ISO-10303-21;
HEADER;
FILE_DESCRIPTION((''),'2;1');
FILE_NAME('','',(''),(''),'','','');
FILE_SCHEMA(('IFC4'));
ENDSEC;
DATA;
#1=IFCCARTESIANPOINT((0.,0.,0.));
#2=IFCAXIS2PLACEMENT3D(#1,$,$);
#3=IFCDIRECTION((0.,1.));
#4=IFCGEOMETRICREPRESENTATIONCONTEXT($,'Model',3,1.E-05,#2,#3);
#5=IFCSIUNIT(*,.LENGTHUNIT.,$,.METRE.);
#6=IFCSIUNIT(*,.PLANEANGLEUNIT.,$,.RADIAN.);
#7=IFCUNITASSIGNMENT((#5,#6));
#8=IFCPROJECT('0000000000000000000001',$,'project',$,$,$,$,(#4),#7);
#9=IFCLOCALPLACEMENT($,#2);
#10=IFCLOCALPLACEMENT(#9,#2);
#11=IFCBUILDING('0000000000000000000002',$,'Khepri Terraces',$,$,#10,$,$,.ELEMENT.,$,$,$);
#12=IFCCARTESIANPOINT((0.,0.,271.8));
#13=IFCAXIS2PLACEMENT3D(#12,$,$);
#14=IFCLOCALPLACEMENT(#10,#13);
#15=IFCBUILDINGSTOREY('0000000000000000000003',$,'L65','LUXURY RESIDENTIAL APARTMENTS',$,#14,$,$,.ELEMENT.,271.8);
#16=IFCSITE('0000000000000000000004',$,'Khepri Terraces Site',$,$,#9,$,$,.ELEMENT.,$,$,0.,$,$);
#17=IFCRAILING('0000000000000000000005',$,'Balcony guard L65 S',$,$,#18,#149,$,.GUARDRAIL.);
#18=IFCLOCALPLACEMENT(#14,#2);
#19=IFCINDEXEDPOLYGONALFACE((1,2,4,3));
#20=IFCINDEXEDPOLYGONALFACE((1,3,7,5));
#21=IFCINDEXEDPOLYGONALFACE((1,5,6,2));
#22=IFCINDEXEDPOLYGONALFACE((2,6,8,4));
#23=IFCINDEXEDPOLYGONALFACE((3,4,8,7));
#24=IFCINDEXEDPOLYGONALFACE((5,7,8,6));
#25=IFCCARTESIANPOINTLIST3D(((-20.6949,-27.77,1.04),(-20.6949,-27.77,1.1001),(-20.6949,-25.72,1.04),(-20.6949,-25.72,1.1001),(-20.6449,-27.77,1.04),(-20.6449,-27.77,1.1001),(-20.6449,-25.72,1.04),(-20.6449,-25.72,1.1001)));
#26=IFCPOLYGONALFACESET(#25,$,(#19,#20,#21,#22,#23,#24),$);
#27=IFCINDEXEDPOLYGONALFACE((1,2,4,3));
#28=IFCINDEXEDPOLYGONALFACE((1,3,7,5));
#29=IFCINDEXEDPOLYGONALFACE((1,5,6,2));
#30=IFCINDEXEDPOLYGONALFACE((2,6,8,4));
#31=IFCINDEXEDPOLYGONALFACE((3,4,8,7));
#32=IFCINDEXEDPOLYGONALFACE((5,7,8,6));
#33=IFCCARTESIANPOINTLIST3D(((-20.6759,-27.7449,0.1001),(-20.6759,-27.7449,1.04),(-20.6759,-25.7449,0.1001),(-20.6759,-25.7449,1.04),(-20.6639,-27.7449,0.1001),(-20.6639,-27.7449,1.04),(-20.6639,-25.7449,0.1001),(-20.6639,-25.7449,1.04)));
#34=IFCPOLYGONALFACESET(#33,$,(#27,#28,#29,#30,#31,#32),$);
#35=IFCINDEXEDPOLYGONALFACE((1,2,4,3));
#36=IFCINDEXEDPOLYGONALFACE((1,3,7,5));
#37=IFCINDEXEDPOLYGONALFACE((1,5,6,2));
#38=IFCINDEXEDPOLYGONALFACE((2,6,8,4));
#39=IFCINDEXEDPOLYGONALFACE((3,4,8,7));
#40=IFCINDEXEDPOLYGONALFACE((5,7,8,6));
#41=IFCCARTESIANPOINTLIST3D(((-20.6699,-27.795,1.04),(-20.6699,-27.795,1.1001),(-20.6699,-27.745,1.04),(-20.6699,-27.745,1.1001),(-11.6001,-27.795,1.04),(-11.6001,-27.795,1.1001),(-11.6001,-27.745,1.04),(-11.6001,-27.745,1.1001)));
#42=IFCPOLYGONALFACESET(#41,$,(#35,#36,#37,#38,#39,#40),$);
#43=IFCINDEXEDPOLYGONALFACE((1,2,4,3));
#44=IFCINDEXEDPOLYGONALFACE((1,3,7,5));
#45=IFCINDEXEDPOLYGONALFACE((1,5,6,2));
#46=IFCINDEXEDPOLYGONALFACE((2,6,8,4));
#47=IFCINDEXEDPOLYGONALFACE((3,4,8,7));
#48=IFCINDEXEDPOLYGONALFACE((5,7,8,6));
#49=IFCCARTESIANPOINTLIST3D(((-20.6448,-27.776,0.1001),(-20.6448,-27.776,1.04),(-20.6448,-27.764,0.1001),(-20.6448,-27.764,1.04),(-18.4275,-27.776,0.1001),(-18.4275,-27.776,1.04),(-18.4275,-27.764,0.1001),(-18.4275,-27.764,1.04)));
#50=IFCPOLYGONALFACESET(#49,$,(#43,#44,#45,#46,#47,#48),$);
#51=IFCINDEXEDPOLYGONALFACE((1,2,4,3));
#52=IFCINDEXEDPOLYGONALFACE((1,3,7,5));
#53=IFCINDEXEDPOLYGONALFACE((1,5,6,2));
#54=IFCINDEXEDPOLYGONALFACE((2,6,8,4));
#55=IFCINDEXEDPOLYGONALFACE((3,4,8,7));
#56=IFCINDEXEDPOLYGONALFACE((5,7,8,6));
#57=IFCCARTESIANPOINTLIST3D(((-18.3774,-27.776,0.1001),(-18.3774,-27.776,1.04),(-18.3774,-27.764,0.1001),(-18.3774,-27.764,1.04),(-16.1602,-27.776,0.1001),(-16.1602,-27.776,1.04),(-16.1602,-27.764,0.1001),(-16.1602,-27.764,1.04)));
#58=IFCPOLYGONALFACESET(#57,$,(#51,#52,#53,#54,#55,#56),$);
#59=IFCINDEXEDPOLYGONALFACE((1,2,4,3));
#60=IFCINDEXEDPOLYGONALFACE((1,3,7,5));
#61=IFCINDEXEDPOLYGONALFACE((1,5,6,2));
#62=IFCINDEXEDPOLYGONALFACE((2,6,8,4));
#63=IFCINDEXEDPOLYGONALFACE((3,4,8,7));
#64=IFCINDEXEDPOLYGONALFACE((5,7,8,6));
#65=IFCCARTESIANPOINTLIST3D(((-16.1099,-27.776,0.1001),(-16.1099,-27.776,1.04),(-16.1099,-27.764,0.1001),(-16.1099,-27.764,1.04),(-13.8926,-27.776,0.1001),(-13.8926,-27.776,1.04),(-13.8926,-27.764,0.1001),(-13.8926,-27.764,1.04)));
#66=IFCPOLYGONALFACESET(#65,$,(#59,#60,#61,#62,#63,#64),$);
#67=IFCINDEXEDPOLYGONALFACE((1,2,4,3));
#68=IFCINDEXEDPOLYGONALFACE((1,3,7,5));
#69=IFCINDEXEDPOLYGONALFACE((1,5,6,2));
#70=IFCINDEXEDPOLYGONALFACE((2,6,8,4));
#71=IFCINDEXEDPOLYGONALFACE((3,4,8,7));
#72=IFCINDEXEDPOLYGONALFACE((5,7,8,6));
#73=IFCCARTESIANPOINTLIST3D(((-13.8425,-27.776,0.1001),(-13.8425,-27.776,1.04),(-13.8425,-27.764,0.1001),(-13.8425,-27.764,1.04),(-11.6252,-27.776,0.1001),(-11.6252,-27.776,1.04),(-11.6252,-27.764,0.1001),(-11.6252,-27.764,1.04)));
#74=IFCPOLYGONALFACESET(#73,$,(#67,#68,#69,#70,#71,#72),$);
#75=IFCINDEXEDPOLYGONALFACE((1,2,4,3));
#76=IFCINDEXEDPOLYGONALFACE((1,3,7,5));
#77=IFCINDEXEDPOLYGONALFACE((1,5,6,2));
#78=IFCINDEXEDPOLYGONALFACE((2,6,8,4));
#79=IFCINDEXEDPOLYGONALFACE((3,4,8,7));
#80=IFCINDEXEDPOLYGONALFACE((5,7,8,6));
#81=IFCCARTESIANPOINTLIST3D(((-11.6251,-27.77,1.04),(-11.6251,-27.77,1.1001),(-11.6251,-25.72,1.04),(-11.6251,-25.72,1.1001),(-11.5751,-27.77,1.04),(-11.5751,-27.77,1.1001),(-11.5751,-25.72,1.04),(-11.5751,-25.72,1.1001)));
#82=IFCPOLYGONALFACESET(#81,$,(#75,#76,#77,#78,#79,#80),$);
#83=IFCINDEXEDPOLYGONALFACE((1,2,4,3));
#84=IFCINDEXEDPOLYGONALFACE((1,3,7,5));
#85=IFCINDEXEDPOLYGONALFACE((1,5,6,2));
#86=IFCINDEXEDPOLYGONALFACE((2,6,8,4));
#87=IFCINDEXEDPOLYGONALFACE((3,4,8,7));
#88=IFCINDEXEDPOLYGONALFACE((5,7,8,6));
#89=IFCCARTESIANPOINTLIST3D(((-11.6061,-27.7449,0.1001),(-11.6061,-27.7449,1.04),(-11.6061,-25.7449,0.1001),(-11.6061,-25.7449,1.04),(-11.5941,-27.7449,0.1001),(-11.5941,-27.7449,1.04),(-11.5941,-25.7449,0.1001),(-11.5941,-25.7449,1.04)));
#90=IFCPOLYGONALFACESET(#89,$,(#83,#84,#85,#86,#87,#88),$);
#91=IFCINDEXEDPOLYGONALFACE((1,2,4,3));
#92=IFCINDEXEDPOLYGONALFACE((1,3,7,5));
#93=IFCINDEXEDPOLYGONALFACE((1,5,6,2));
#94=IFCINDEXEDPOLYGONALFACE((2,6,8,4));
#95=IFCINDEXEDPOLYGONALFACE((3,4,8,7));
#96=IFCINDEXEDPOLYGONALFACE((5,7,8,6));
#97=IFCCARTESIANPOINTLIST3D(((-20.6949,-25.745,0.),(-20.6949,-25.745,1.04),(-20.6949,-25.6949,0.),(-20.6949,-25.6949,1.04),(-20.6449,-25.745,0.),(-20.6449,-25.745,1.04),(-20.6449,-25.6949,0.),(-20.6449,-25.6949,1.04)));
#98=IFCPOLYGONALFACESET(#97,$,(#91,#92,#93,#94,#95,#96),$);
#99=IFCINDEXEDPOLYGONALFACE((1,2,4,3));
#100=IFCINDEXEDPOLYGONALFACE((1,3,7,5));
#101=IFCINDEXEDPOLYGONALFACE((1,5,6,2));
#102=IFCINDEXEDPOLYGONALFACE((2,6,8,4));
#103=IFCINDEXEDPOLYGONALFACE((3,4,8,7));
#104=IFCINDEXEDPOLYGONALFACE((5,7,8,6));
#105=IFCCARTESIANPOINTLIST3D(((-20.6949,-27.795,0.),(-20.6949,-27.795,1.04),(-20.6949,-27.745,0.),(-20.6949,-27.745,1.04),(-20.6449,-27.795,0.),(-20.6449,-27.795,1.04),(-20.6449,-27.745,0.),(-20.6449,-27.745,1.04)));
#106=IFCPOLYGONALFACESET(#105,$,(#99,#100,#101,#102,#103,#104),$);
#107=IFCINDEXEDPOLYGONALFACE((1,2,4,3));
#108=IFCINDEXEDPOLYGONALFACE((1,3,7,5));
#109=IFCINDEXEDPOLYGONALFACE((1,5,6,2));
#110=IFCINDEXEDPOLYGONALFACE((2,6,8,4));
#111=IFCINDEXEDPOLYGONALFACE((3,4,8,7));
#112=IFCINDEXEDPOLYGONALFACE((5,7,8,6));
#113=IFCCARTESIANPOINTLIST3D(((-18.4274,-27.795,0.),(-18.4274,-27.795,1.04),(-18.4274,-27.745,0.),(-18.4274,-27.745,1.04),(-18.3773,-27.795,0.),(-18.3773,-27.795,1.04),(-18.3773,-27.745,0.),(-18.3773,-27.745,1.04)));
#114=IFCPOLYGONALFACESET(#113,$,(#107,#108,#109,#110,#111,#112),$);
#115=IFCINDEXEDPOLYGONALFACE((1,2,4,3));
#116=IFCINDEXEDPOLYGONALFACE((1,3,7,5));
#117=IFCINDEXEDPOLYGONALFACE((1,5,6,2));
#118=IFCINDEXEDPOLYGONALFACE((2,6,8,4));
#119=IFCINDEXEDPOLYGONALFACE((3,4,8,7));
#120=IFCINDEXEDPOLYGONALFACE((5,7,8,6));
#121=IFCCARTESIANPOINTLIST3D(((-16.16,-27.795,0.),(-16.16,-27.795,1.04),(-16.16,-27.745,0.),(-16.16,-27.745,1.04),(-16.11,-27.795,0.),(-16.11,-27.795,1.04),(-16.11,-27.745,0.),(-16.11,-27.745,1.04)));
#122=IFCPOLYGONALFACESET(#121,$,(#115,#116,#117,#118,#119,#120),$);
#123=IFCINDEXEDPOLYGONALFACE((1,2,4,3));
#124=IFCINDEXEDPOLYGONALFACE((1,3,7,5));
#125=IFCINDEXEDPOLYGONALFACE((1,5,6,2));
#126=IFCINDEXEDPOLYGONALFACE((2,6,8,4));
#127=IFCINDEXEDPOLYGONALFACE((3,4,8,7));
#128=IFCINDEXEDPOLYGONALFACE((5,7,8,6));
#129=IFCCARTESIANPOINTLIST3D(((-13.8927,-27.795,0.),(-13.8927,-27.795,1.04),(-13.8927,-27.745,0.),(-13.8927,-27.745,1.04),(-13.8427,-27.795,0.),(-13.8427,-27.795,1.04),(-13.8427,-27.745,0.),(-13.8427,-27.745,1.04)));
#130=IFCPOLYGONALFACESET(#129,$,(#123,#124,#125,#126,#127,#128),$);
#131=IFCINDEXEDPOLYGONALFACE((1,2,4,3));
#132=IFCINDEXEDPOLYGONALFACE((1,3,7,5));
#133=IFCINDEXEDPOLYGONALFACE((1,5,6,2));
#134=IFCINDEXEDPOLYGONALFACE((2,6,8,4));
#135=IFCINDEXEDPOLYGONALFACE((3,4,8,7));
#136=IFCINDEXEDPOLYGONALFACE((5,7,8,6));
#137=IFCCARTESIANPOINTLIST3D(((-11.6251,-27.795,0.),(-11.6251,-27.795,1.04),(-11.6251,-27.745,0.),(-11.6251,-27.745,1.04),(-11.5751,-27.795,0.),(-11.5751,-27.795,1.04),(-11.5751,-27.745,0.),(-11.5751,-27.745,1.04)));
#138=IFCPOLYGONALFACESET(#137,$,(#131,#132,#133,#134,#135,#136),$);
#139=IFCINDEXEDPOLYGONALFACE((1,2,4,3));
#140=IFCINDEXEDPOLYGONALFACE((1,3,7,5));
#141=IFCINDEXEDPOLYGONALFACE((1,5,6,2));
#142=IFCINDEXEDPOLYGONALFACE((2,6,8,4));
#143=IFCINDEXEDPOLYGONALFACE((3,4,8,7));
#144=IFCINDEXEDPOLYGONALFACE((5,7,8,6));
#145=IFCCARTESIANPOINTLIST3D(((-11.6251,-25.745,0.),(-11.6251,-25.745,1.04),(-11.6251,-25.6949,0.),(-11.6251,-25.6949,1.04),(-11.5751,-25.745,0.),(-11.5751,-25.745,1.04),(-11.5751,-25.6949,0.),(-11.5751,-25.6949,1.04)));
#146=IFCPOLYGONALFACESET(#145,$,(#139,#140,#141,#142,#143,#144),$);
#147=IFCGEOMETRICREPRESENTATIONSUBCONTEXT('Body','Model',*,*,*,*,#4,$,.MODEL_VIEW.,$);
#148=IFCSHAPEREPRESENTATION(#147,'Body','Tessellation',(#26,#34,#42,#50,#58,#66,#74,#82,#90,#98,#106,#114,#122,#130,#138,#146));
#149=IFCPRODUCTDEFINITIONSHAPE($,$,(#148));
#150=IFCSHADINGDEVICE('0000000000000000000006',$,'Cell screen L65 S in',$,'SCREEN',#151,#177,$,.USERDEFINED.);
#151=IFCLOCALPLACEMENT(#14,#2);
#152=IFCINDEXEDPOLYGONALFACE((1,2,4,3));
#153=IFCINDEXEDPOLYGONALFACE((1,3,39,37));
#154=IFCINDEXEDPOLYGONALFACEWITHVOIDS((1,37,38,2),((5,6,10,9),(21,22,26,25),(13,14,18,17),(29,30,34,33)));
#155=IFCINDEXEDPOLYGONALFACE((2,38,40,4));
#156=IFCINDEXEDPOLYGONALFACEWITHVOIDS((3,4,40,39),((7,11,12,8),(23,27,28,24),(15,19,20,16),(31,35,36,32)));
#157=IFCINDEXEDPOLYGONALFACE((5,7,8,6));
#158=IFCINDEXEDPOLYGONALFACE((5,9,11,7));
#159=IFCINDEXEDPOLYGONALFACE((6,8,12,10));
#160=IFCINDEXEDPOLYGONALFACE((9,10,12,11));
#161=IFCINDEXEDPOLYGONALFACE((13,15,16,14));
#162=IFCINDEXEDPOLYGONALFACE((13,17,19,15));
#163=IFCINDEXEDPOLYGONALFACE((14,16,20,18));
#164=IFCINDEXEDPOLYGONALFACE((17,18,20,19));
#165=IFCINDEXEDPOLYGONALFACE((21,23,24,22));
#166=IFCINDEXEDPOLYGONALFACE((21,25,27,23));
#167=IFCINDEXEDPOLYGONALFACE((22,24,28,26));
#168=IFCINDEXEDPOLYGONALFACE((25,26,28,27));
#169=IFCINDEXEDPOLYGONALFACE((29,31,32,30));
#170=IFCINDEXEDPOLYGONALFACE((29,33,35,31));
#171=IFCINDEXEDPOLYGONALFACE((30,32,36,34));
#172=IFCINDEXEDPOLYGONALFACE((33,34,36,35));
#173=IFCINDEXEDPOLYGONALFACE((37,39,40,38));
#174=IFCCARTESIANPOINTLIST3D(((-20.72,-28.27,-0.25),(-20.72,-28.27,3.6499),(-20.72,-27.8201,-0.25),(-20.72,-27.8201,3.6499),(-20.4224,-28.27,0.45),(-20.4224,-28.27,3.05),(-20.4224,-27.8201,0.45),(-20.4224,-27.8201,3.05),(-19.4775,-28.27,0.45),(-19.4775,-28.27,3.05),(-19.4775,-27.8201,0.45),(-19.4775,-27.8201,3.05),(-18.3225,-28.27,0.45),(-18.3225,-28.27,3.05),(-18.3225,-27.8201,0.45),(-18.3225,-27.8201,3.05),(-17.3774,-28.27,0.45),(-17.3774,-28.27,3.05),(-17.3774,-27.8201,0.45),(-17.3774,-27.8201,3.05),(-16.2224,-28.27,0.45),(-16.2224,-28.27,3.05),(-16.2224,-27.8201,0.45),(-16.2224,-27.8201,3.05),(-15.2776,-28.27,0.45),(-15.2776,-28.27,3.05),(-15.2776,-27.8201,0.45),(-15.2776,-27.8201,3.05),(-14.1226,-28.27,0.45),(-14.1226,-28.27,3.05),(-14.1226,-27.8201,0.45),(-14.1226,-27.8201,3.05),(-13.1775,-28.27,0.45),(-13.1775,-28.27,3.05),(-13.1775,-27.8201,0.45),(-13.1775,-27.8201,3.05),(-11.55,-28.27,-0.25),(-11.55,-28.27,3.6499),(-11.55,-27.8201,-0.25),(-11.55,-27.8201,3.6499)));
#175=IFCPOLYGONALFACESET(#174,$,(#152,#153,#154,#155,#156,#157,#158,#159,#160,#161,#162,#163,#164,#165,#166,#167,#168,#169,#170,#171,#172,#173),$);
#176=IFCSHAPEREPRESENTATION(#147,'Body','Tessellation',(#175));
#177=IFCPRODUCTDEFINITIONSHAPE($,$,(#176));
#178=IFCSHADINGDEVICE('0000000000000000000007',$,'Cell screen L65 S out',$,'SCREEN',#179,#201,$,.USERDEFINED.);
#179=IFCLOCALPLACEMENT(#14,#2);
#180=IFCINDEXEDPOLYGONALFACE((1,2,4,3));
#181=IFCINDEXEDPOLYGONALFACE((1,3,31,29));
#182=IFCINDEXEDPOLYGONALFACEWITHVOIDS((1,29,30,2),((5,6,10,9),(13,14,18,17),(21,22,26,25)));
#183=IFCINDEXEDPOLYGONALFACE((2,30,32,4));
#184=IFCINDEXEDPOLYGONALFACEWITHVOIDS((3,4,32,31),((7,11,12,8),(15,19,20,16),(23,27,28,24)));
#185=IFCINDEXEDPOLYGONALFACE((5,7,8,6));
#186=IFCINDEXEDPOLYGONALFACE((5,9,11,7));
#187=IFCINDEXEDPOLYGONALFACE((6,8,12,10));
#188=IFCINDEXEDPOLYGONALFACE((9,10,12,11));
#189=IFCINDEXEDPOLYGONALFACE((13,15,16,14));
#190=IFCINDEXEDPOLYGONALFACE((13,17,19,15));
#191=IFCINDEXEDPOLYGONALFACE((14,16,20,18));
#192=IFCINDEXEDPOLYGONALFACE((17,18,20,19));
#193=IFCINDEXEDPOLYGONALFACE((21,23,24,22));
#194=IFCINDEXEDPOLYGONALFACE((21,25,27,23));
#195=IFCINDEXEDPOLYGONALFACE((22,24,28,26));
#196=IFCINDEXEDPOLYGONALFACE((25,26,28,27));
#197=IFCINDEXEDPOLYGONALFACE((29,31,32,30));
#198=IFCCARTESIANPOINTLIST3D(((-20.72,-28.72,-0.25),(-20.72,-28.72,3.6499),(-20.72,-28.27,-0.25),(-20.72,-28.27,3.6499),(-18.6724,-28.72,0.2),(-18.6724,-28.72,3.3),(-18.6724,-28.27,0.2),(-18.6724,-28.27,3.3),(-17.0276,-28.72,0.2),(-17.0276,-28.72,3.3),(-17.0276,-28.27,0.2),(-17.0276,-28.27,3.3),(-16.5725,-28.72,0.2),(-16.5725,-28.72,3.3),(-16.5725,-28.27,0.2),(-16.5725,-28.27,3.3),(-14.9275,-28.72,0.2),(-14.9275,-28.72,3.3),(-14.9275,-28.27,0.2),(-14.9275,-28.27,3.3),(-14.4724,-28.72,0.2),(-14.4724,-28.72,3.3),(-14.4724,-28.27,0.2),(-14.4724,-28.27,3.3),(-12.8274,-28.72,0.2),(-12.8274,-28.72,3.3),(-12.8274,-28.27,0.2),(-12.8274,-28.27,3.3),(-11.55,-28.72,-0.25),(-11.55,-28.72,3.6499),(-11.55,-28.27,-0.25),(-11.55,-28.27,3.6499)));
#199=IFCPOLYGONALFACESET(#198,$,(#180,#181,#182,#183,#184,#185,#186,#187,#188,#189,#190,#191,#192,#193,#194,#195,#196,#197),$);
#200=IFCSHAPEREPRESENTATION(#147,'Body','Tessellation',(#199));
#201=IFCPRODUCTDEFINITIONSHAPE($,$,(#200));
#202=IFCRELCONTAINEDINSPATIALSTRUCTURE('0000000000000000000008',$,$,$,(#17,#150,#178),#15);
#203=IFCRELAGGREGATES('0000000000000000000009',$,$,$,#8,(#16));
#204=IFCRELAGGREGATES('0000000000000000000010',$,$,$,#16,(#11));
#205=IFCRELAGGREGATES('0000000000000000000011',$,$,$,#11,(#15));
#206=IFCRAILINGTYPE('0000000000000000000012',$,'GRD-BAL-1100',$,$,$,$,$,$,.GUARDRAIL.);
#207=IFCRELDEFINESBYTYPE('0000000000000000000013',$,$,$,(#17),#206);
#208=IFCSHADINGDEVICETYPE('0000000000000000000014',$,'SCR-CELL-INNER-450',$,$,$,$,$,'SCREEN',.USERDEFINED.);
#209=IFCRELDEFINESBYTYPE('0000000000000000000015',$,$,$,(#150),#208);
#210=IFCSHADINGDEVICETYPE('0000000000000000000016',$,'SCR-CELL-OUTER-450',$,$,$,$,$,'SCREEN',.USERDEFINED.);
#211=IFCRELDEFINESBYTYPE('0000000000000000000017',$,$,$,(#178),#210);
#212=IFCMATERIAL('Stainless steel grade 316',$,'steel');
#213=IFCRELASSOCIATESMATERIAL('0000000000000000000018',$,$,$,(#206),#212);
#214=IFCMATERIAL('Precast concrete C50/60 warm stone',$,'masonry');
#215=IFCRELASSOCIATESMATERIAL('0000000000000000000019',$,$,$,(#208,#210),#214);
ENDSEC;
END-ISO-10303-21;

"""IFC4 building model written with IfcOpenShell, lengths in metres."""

from ifc_helpers import new_model, si_unit, direction, frame, origin, origin_2d, place, context, subcontext, project, spatial, polyline, rectangle, outline, extrude, material, type_object, element, save


model = new_model("IFC4")

# Units and contexts
model_context = context("Model", 3, precision=1e-05, world=origin(), true_north=direction((0.0, 1.0)))
body_context = subcontext(model_context, "Body", "Model", "MODEL_VIEW")
ifc_project = project(units=[si_unit("LENGTHUNIT", "METRE"), si_unit("PLANEANGLEUNIT", "RADIAN")], contexts=[model_context])

# Site, building, storey
site_placement = place(None, origin())
site = spatial("IfcSite", under=ifc_project, at=site_placement, Name="Khepri Terraces Site", CompositionType="ELEMENT", RefElevation=0.0)
building_placement = place(site_placement, origin())
building = spatial("IfcBuilding", under=site, at=building_placement, Name="Khepri Terraces", CompositionType="ELEMENT")
storey_placement = place(building_placement, frame((0.0, 0.0, 271.8)))
storey = spatial("IfcBuildingStorey", under=building, at=storey_placement, Name="L65", Description="LUXURY RESIDENTIAL APARTMENTS", CompositionType="ELEMENT", Elevation=271.8)

# Shared definitions
ifc_material_1 = material(Name="Precast concrete C50/60 warm stone", Category="masonry")

# Railing
ifc_material_2 = material(Name="Stainless steel grade 316", Category="steel")
railing_type = type_object("IfcRailingType", Name="GRD-BAL-1100", PredefinedType="GUARDRAIL", material=ifc_material_2)
railing_placement = place(storey_placement, frame((-20.6699, -25.72, 0.0)))
element("IfcRailing", 1, at=railing_placement, inside=storey, type_object=railing_type, Name="Balcony guard L65 S", PredefinedType="GUARDRAIL", context=body_context, shape_type="SweptSolid", body=[
    extrude(rectangle(XDim=0.05, YDim=0.0601, at=origin_2d()), frame((0.0, 0.0, 1.0701), z_axis=(0.0, -1.0, 0.0), x_axis=(1.0, 0.0, 0.0)), (0.0, 0.0, 1.0), 2.05),
    extrude(rectangle(XDim=2.0, YDim=0.012, at=origin_2d()), frame((0.0, -1.0249, 0.1001), z_axis=(0.0, 0.0, 1.0), x_axis=(0.0, -1.0, 0.0)), (0.0, 0.0, 1.0), 0.9399),
    extrude(rectangle(XDim=0.05, YDim=0.0601, at=origin_2d()), frame((0.0, -2.05, 1.0701), z_axis=(1.0, 0.0, 0.0), x_axis=(0.0, 1.0, 0.0)), (0.0, 0.0, 1.0), 9.0698),
    extrude(rectangle(XDim=2.2173, YDim=0.012, at=origin_2d()), frame((1.1338, -2.05, 0.1001), z_axis=(0.0, 0.0, 1.0), x_axis=(1.0, 0.0, 0.0)), (0.0, 0.0, 1.0), 0.9399),
    extrude(rectangle(XDim=2.2173, YDim=0.012, at=origin_2d()), frame((3.4011, -2.05, 0.1001), z_axis=(0.0, 0.0, 1.0), x_axis=(1.0, 0.0, 0.0)), (0.0, 0.0, 1.0), 0.9399),
    extrude(rectangle(XDim=2.2173, YDim=0.012, at=origin_2d()), frame((5.6687, -2.05, 0.1001), z_axis=(0.0, 0.0, 1.0), x_axis=(1.0, 0.0, 0.0)), (0.0, 0.0, 1.0), 0.9399),
    extrude(rectangle(XDim=2.2173, YDim=0.012, at=origin_2d()), frame((7.936, -2.05, 0.1001), z_axis=(0.0, 0.0, 1.0), x_axis=(1.0, 0.0, 0.0)), (0.0, 0.0, 1.0), 0.9399),
    extrude(rectangle(XDim=0.05, YDim=0.0601, at=origin_2d()), frame((9.0698, -2.05, 1.0701), z_axis=(0.0, 1.0, 0.0), x_axis=(-1.0, 0.0, 0.0)), (0.0, 0.0, 1.0), 2.05),
    extrude(rectangle(XDim=2.0, YDim=0.012, at=origin_2d()), frame((9.0698, -1.0249, 0.1001), z_axis=(0.0, 0.0, 1.0), x_axis=(0.0, 1.0, 0.0)), (0.0, 0.0, 1.0), 0.9399),
    extrude(rectangle(XDim=0.05, YDim=0.05, at=origin_2d()), origin(), (0.0, 0.0, 1.0), 1.04),
    extrude(rectangle(XDim=0.05, YDim=0.05, at=origin_2d()), frame((0.0, -2.05, 0.0)), (0.0, 0.0, 1.0), 1.04),
    extrude(rectangle(XDim=0.05, YDim=0.05, at=origin_2d()), frame((2.2676, -2.05, 0.0)), (0.0, 0.0, 1.0), 1.04),
    extrude(rectangle(XDim=0.05, YDim=0.05, at=origin_2d()), frame((4.5349, -2.05, 0.0)), (0.0, 0.0, 1.0), 1.04),
    extrude(rectangle(XDim=0.05, YDim=0.05, at=origin_2d()), frame((6.8022, -2.05, 0.0)), (0.0, 0.0, 1.0), 1.04),
    extrude(rectangle(XDim=0.05, YDim=0.05, at=origin_2d()), frame((9.0698, -2.05, 0.0)), (0.0, 0.0, 1.0), 1.04),
    extrude(rectangle(XDim=0.05, YDim=0.05, at=origin_2d()), frame((9.0698, 0.0, 0.0)), (0.0, 0.0, 1.0), 1.04),
])

# Shading devices
shading_device_type_1 = type_object("IfcShadingDeviceType", Name="SCR-CELL-INNER-450", ElementType="SCREEN", PredefinedType="USERDEFINED", material=ifc_material_1)
shading_device_1_placement = place(storey_placement, frame((-20.72, -27.8201, -0.25), z_axis=(0.0, -1.0, 0.0), x_axis=(1.0, 0.0, 0.0)))
element("IfcShadingDevice", 2, at=shading_device_1_placement, inside=storey, type_object=shading_device_type_1, Name="Cell screen L65 S in", ObjectType="SCREEN", PredefinedType="USERDEFINED", context=body_context, shape_type="SweptSolid", body=[
    extrude(outline(polyline([(0.0, 0.0), (9.1699, 0.0), (9.1699, 3.8999), (0.0, 3.8999), (0.0, 0.0)]), holes=[polyline([(0.2976, 0.7), (1.2424, 0.7), (1.2424, 3.3), (0.2976, 3.3), (0.2976, 0.7)]), polyline([(2.3975, 0.7), (3.3425, 0.7), (3.3425, 3.3), (2.3975, 3.3), (2.3975, 0.7)]), polyline([(4.4976, 0.7), (5.4424, 0.7), (5.4424, 3.3), (4.4976, 3.3), (4.4976, 0.7)]), polyline([(6.5974, 0.7), (7.5425, 0.7), (7.5425, 3.3), (6.5974, 3.3), (6.5974, 0.7)])]), origin(), (0.0, 0.0, 1.0), 0.45),
])
shading_device_type_2 = type_object("IfcShadingDeviceType", Name="SCR-CELL-OUTER-450", ElementType="SCREEN", PredefinedType="USERDEFINED", material=ifc_material_1)
shading_device_2_placement = place(storey_placement, frame((-20.72, -28.27, -0.25), z_axis=(0.0, -1.0, 0.0), x_axis=(1.0, 0.0, 0.0)))
element("IfcShadingDevice", 3, at=shading_device_2_placement, inside=storey, type_object=shading_device_type_2, Name="Cell screen L65 S out", ObjectType="SCREEN", PredefinedType="USERDEFINED", context=body_context, shape_type="SweptSolid", body=[
    extrude(outline(polyline([(0.0, 0.0), (9.1699, 0.0), (9.1699, 3.8999), (0.0, 3.8999), (0.0, 0.0)]), holes=[polyline([(2.0476, 0.45), (3.6924, 0.45), (3.6924, 3.55), (2.0476, 3.55), (2.0476, 0.45)]), polyline([(4.1475, 0.45), (5.7925, 0.45), (5.7925, 3.55), (4.1475, 3.55), (4.1475, 0.45)]), polyline([(6.2476, 0.45), (7.8926, 0.45), (7.8926, 3.55), (6.2476, 3.55), (6.2476, 0.45)])]), origin(), (0.0, 0.0, 1.0), 0.45),
])

save(model, "model.ifc")
